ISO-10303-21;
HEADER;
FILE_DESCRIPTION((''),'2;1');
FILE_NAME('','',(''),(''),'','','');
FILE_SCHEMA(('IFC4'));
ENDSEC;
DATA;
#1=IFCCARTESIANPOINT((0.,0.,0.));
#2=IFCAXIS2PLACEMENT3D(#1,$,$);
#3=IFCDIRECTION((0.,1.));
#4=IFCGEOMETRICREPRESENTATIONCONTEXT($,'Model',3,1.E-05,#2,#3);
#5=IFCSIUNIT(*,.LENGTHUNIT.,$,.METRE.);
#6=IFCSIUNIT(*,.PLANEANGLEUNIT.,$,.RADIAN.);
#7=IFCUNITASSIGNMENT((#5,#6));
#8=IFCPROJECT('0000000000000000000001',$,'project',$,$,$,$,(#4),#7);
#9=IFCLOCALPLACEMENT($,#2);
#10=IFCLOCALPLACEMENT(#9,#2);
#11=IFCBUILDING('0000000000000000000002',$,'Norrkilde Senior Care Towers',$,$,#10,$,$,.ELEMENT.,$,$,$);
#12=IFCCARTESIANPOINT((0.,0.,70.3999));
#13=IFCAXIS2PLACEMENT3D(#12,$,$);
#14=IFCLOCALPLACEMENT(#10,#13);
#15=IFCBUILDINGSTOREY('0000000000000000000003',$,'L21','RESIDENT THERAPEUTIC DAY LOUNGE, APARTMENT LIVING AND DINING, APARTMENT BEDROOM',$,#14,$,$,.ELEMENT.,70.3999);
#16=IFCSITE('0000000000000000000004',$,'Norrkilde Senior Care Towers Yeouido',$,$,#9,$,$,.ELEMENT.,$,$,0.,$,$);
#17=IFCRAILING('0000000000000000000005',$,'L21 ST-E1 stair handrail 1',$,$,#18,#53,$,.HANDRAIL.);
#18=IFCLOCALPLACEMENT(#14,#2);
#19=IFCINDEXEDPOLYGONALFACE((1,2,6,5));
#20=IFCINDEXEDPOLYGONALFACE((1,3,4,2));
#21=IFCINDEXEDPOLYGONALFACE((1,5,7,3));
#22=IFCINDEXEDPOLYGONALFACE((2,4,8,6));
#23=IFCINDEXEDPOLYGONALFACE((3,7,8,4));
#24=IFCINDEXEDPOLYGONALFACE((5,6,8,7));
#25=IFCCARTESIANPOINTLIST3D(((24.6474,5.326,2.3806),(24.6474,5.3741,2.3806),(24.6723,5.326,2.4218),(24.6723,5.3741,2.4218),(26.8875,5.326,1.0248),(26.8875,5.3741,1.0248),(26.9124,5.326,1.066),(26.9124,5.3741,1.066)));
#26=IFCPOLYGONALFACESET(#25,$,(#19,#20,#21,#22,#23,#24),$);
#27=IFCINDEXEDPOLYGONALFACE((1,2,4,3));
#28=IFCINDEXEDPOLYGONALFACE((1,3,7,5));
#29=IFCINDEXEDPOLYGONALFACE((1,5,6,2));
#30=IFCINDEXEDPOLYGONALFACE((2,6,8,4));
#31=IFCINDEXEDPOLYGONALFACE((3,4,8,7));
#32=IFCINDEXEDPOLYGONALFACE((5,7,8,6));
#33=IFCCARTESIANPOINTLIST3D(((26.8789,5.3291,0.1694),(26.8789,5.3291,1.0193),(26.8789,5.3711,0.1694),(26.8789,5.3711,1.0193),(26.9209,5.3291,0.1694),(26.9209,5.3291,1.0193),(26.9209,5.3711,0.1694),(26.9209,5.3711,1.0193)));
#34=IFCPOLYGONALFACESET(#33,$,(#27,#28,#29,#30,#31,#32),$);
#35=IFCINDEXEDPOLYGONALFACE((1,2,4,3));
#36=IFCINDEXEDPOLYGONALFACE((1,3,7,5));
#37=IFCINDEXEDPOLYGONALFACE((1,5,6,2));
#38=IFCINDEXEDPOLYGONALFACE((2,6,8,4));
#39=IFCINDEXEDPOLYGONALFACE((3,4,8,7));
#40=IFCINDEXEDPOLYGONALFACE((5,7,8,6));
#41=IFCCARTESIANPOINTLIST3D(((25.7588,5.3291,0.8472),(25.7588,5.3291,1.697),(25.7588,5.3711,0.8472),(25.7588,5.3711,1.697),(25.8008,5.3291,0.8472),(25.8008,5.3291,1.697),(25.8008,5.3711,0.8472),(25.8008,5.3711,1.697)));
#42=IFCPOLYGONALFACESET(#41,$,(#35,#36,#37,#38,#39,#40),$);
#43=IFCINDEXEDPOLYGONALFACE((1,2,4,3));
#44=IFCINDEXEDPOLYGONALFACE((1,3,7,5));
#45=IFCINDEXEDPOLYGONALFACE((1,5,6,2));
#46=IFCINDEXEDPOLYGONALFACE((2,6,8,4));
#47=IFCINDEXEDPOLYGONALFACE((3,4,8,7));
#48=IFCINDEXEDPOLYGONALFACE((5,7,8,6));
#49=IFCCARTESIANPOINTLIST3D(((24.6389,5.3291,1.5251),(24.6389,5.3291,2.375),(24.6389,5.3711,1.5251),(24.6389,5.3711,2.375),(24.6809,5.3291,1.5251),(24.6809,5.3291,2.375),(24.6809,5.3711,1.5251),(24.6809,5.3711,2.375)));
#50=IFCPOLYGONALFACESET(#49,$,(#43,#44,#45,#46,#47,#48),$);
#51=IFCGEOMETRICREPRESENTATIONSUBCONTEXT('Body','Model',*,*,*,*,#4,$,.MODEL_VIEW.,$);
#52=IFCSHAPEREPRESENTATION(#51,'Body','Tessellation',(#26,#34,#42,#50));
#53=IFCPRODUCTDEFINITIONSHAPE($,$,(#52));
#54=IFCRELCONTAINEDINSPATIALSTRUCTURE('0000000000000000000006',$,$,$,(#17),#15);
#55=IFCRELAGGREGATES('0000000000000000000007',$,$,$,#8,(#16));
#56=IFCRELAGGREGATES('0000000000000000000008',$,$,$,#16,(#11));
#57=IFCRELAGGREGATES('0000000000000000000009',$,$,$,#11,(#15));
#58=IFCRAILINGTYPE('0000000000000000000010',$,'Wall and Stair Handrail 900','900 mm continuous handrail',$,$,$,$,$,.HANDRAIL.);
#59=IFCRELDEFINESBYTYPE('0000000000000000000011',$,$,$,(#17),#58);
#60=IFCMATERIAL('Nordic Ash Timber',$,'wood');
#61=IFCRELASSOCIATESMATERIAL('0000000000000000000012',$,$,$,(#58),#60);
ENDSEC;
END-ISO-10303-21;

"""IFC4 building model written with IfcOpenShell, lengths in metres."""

from ifc_helpers import new_model, si_unit, direction, frame, origin, origin_2d, place, context, subcontext, project, spatial, rectangle, extrude, material, type_object, element, save


model = new_model("IFC4")

# Units and contexts
model_context = context("Model", 3, precision=1e-05, world=origin(), true_north=direction((0.0, 1.0)))
body_context = subcontext(model_context, "Body", "Model", "MODEL_VIEW")
ifc_project = project(units=[si_unit("LENGTHUNIT", "METRE"), si_unit("PLANEANGLEUNIT", "RADIAN")], contexts=[model_context])

# Site, building, storey
site_placement = place(None, origin())
site = spatial("IfcSite", under=ifc_project, at=site_placement, Name="Norrkilde Senior Care Towers Yeouido", CompositionType="ELEMENT", RefElevation=0.0)
building_placement = place(site_placement, origin())
building = spatial("IfcBuilding", under=site, at=building_placement, Name="Norrkilde Senior Care Towers", CompositionType="ELEMENT")
storey_placement = place(building_placement, frame((0.0, 0.0, 70.3999)))
storey = spatial("IfcBuildingStorey", under=building, at=storey_placement, Name="L21", Description="RESIDENT THERAPEUTIC DAY LOUNGE, APARTMENT LIVING AND DINING, APARTMENT BEDROOM", CompositionType="ELEMENT", Elevation=70.3999)

# Railing
ifc_material_1 = material(Name="Nordic Ash Timber", Category="wood")
railing_type_1 = type_object("IfcRailingType", Name="Wall and Stair Handrail 900", Description="900 mm continuous handrail", PredefinedType="HANDRAIL", material=ifc_material_1)
railing_1_placement = place(storey_placement, frame((26.8999, 5.3501, 0.1694)))
element("IfcRailing", 1, at=railing_1_placement, inside=storey, type_object=railing_type_1, Name="L21 ST-E1 stair handrail 1", PredefinedType="HANDRAIL", context=body_context, shape_type="SweptSolid", body=[
    extrude(rectangle(XDim=0.0481, YDim=0.0481, at=origin_2d()), frame((0.0, 0.0, 0.876), z_axis=(-0.855512, 0.0, 0.517783), x_axis=(0.0, -1.0, 0.0)), (0.0, 0.0, 1.0), 2.6184),
    extrude(rectangle(XDim=0.042, YDim=0.042, at=origin_2d()), origin(), (0.0, 0.0, 1.0), 0.8499),
    extrude(rectangle(XDim=0.042, YDim=0.042, at=origin_2d()), frame((-1.1201, 0.0, 0.6777)), (0.0, 0.0, 1.0), 0.8499),
    extrude(rectangle(XDim=0.042, YDim=0.042, at=origin_2d()), frame((-2.24, 0.0, 1.3557)), (0.0, 0.0, 1.0), 0.8499),
])

save(model, "model.ifc")
